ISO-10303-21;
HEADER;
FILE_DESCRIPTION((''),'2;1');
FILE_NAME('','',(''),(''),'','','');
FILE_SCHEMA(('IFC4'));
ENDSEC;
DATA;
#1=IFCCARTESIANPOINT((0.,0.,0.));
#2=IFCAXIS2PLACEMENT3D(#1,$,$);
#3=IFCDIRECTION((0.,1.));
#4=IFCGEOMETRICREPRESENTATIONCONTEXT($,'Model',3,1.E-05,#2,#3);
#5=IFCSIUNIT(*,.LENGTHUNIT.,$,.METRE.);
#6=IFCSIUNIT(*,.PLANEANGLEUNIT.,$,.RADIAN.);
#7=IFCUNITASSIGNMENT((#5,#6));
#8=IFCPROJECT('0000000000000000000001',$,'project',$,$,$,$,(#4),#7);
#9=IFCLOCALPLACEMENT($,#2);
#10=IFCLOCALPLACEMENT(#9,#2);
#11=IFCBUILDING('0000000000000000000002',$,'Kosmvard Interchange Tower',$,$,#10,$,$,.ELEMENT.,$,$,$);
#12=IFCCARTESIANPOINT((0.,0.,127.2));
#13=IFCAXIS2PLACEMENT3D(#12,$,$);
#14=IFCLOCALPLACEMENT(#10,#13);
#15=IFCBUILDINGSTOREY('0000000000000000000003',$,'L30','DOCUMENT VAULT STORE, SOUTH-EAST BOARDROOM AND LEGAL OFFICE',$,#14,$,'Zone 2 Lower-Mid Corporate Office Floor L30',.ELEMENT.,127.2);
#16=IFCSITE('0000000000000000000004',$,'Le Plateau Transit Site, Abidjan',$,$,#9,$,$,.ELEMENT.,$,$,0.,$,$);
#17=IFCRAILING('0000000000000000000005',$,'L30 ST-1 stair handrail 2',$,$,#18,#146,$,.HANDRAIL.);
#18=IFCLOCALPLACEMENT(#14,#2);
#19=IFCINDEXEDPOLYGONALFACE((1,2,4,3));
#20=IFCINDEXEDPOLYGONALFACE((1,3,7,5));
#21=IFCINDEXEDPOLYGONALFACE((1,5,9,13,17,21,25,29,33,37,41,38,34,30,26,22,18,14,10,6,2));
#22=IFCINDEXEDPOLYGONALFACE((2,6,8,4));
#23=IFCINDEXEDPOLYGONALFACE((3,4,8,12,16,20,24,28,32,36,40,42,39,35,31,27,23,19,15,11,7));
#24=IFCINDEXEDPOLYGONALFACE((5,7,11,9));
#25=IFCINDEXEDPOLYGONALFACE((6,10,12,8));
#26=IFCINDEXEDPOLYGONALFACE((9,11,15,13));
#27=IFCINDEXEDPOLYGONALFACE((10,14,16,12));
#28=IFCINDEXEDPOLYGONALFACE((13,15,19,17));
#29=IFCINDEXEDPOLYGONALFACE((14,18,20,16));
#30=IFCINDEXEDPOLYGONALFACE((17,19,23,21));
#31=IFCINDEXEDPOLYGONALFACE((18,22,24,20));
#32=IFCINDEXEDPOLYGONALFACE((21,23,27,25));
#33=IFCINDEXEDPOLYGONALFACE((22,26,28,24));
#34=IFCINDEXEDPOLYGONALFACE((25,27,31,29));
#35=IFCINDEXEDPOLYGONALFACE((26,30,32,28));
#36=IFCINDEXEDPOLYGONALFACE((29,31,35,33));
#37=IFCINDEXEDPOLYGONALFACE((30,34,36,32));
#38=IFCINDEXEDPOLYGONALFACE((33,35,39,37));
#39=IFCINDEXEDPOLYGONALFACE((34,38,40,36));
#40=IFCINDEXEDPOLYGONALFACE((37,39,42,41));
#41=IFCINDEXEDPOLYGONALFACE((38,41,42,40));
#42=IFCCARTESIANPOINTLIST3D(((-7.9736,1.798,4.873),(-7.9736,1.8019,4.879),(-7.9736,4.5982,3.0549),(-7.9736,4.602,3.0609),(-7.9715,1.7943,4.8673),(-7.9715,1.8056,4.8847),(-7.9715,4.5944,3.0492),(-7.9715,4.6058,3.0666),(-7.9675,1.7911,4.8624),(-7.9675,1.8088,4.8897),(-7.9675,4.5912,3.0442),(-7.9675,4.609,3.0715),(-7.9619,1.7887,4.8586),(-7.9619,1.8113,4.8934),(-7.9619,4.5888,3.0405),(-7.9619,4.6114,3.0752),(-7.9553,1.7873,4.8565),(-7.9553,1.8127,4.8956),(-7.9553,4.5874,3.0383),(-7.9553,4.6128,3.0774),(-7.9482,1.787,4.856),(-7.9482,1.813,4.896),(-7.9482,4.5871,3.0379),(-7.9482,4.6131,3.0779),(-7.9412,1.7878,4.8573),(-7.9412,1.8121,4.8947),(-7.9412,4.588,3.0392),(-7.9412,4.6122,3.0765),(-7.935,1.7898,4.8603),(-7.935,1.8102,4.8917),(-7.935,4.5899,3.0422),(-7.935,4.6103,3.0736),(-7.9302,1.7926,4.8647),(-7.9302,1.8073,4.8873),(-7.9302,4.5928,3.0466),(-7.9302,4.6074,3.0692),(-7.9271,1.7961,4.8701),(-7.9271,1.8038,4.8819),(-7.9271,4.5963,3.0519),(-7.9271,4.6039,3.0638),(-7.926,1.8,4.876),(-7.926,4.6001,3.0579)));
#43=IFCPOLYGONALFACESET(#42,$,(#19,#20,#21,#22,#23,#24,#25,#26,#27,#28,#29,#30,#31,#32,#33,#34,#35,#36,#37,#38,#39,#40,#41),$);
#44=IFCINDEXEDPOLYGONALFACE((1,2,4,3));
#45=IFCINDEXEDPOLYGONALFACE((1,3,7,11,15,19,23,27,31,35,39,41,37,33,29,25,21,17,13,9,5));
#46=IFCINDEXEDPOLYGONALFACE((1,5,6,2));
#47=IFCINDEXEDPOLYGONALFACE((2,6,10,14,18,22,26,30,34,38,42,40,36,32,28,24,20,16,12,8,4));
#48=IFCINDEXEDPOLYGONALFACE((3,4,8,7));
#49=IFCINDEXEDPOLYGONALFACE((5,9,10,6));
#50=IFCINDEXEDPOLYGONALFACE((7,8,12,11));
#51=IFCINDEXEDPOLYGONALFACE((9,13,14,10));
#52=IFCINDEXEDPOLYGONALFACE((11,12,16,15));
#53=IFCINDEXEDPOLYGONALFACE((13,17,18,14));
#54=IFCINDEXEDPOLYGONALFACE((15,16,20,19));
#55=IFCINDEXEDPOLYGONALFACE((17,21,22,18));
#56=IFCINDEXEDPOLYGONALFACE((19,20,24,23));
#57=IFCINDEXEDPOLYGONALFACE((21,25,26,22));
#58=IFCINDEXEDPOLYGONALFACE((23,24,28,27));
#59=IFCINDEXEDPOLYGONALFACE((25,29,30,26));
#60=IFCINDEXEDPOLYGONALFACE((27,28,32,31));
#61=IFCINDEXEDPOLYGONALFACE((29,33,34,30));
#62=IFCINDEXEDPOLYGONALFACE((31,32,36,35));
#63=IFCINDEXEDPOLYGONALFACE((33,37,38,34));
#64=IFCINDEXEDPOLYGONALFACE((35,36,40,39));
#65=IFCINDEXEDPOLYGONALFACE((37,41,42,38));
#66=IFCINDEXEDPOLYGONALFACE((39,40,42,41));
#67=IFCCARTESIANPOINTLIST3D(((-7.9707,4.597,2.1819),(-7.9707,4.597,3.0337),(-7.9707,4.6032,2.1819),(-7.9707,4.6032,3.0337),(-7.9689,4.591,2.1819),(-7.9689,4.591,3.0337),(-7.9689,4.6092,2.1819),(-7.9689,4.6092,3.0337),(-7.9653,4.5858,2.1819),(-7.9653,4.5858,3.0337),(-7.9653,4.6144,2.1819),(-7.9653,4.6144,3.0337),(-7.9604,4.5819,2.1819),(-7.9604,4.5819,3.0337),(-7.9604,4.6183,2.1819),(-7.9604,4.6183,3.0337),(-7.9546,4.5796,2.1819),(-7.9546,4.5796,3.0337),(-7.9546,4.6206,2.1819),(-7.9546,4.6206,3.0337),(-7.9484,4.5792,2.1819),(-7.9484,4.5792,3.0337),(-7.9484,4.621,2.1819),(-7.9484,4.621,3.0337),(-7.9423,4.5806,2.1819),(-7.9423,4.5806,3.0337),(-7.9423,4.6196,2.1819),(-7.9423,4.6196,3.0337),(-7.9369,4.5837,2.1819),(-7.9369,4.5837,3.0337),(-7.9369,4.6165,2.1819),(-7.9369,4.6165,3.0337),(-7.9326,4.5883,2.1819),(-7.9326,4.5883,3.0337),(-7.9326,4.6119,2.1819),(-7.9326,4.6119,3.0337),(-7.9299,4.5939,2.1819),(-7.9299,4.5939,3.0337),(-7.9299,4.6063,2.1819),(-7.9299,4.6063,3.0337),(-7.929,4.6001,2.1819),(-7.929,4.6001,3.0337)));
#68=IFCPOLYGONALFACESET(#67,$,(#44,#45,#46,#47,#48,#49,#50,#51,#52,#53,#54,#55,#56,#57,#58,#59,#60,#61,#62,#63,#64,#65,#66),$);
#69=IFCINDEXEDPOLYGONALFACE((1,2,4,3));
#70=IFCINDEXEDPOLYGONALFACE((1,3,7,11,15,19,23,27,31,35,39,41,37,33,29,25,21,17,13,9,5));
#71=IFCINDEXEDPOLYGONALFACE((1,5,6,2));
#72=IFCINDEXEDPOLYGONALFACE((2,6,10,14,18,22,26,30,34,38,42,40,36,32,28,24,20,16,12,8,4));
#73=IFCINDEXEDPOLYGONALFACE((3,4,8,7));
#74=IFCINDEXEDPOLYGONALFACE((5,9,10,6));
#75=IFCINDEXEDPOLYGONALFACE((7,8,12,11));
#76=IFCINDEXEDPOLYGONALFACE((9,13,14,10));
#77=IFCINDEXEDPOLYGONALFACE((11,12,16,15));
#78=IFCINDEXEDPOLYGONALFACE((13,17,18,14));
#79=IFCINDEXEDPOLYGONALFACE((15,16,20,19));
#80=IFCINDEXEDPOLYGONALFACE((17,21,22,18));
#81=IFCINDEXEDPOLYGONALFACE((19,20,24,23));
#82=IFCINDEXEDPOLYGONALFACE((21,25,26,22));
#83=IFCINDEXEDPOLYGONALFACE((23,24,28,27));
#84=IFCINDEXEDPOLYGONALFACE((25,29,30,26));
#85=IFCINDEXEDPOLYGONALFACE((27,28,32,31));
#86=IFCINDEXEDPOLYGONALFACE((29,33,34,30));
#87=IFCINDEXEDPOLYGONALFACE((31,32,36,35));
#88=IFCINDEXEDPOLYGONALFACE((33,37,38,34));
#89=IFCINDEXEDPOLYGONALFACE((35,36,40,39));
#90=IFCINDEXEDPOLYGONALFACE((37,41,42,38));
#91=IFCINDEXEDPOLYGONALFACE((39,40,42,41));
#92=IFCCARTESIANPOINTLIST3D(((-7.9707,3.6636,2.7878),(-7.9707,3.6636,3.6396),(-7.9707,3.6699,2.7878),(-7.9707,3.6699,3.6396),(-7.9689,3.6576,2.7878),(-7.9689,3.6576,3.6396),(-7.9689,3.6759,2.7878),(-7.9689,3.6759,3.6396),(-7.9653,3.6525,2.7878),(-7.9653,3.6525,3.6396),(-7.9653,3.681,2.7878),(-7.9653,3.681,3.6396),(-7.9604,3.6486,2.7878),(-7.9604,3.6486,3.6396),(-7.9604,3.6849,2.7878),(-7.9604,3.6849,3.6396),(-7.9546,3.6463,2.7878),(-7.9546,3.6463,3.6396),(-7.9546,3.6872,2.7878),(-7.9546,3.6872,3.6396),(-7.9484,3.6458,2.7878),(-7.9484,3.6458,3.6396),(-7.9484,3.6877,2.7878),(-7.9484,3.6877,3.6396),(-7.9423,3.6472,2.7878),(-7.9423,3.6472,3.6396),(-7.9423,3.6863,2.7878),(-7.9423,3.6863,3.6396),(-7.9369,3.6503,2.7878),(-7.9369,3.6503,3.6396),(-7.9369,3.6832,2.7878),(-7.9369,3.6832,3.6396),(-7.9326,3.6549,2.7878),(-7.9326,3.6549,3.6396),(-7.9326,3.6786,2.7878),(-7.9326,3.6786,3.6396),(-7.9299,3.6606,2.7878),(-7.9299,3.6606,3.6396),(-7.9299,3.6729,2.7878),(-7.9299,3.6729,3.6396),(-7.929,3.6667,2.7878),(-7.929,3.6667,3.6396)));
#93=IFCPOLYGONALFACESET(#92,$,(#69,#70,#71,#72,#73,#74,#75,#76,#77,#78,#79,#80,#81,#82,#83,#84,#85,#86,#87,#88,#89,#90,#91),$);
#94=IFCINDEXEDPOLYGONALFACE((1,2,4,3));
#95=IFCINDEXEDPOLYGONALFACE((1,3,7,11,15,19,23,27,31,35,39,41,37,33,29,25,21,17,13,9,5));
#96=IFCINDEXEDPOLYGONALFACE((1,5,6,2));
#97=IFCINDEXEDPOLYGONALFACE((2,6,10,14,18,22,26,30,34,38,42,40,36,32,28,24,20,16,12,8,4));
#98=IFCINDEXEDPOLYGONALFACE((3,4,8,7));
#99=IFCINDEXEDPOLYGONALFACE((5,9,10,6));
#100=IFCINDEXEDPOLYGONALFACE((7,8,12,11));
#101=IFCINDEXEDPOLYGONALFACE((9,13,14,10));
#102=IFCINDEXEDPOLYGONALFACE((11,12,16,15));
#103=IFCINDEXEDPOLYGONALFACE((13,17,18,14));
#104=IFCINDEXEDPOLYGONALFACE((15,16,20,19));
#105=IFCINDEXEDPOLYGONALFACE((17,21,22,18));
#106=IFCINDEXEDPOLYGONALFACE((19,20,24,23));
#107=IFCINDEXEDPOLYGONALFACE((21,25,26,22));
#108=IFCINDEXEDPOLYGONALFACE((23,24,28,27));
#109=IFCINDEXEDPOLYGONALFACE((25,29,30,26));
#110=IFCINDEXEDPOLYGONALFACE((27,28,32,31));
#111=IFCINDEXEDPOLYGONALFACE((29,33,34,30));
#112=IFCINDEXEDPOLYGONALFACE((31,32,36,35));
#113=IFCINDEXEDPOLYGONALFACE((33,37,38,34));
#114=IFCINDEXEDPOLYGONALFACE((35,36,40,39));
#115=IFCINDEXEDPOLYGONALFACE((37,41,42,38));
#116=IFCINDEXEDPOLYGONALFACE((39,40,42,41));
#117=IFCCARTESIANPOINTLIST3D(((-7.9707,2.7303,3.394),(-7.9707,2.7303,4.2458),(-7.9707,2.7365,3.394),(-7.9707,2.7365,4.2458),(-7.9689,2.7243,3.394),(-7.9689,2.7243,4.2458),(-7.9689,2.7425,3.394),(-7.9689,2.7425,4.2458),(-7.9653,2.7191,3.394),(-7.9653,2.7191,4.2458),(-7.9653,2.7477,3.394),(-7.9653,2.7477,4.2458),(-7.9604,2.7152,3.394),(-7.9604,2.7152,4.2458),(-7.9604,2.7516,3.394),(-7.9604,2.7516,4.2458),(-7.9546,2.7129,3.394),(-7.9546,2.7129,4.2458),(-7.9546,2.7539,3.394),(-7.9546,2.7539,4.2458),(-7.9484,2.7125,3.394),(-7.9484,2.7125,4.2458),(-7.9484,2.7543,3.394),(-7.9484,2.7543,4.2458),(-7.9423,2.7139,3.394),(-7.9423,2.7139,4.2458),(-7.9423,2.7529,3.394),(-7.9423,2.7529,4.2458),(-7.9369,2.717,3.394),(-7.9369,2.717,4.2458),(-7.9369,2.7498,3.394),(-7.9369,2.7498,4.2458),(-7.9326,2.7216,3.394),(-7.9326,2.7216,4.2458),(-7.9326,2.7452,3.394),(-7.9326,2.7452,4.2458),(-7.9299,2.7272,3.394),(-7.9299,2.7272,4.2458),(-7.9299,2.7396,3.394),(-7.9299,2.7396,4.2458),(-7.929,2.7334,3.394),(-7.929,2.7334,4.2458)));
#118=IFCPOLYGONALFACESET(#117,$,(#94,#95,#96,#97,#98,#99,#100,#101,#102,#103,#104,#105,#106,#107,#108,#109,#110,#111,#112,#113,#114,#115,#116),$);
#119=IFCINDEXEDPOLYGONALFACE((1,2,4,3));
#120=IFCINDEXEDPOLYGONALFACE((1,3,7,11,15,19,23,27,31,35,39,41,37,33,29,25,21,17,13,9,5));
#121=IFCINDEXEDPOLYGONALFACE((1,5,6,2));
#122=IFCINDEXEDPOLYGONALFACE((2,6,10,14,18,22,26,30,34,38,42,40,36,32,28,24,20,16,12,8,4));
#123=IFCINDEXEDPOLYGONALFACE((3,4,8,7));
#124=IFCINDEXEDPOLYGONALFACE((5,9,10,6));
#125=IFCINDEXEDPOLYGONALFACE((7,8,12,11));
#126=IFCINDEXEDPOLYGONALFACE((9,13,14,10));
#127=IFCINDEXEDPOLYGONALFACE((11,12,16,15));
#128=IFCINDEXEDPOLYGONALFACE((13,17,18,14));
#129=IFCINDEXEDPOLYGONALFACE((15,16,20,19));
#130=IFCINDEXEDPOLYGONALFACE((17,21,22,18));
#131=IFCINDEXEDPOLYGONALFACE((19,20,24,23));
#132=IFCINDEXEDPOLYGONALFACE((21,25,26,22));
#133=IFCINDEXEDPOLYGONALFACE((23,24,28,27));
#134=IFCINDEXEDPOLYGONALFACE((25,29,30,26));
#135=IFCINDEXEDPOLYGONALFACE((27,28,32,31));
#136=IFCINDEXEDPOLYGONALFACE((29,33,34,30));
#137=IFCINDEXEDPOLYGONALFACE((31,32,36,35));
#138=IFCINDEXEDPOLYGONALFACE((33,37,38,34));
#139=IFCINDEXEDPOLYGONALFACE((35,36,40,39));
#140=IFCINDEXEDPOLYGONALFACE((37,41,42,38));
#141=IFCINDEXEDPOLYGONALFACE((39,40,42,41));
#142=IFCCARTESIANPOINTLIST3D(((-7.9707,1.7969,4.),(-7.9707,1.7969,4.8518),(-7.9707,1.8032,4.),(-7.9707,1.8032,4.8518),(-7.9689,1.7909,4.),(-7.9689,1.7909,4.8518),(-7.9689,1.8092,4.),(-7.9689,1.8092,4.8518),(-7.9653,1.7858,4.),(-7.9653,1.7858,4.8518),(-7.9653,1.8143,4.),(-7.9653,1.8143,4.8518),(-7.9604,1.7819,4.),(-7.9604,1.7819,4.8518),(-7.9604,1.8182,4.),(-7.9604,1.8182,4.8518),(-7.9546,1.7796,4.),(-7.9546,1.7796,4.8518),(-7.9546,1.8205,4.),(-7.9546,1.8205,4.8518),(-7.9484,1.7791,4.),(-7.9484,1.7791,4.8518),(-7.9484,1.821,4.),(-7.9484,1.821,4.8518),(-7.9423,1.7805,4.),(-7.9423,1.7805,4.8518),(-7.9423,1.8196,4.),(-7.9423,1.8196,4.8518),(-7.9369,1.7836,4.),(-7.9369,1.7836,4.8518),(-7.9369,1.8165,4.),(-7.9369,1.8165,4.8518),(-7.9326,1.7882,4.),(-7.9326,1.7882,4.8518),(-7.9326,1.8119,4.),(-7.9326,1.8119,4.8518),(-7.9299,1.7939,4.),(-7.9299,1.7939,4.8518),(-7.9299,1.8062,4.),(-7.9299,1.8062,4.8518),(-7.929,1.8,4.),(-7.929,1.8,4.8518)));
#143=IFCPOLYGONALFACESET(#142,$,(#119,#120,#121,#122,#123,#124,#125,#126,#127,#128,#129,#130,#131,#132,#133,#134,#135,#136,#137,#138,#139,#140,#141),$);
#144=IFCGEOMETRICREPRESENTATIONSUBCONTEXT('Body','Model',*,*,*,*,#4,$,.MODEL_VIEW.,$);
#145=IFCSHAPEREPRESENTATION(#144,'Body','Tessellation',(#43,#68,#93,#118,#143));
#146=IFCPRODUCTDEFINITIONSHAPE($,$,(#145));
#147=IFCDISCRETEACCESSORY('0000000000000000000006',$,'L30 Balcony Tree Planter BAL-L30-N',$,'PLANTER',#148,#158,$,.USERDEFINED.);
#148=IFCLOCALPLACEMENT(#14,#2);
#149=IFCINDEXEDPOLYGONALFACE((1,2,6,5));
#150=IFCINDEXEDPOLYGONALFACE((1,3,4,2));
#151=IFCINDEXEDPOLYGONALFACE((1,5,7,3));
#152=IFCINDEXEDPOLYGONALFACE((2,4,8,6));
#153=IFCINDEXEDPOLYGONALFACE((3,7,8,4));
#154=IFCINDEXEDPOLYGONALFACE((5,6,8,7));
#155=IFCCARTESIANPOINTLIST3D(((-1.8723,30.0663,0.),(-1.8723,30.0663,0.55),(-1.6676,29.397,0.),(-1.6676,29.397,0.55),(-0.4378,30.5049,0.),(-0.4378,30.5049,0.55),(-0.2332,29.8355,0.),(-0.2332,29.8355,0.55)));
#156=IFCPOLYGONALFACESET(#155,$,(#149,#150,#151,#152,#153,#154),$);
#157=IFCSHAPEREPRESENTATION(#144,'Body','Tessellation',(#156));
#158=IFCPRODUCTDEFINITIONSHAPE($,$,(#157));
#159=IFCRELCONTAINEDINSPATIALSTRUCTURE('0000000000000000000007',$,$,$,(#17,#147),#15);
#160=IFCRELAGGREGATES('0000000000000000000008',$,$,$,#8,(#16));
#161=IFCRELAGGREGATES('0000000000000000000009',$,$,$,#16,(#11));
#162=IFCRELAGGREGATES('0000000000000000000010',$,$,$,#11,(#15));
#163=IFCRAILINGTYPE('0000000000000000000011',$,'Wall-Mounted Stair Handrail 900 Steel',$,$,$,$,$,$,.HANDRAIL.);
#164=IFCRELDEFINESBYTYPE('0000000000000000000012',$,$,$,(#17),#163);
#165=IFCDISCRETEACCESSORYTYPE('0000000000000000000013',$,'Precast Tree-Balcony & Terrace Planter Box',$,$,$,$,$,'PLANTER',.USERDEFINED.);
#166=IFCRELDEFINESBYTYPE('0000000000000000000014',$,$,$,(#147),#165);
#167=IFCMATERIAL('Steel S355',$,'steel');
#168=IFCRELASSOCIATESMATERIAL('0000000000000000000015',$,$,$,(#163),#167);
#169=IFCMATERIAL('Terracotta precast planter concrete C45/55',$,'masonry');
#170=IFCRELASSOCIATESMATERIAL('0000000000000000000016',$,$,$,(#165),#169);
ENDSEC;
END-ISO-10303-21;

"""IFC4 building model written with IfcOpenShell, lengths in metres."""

from ifc_helpers import new_model, si_unit, direction, frame, origin, origin_2d, place, context, subcontext, project, spatial, rectangle, circle, extrude, source, transform, mapped, material, type_object, element, save


model = new_model("IFC4")

# Units and contexts
model_context = context("Model", 3, precision=1e-05, world=origin(), true_north=direction((0.0, 1.0)))
body_context = subcontext(model_context, "Body", "Model", "MODEL_VIEW")
ifc_project = project(units=[si_unit("LENGTHUNIT", "METRE"), si_unit("PLANEANGLEUNIT", "RADIAN")], contexts=[model_context])

# Site, building, storey
site_placement = place(None, origin())
site = spatial("IfcSite", under=ifc_project, at=site_placement, Name="Le Plateau Transit Site, Abidjan", CompositionType="ELEMENT", RefElevation=0.0)
building_placement = place(site_placement, origin())
building = spatial("IfcBuilding", under=site, at=building_placement, Name="Kosmvard Interchange Tower", CompositionType="ELEMENT")
storey_placement = place(building_placement, frame((0.0, 0.0, 127.2)))
storey = spatial("IfcBuildingStorey", under=building, at=storey_placement, Name="L30", Description="DOCUMENT VAULT STORE, SOUTH-EAST BOARDROOM AND LEGAL OFFICE", LongName="Zone 2 Lower-Mid Corporate Office Floor L30", CompositionType="ELEMENT", Elevation=127.2)

# Shared definitions
ifc_material_1 = material(Name="Steel S355", Category="steel")

# Railing
railing_type_1 = type_object("IfcRailingType", Name="Wall-Mounted Stair Handrail 900 Steel", PredefinedType="HANDRAIL", material=ifc_material_1)
shared_shape_1 = source(origin(), body_context, "Body", "SweptSolid", [
    extrude(circle(Radius=0.0239, at=origin_2d()), frame((0.0, 0.0, 0.876), z_axis=(0.0, -0.838706, 0.544585), x_axis=(1.0, 0.0, 0.0)), (0.0, 0.0, 1.0), 3.3386),
    extrude(circle(Radius=0.021, at=origin_2d()), origin(), (0.0, 0.0, 1.0), 0.8518),
    extrude(circle(Radius=0.021, at=origin_2d()), frame((0.0, -0.9333, 0.606)), (0.0, 0.0, 1.0), 0.8518),
    extrude(circle(Radius=0.021, at=origin_2d()), frame((0.0, -1.8667, 1.2122)), (0.0, 0.0, 1.0), 0.8518),
    extrude(circle(Radius=0.021, at=origin_2d()), frame((0.0, -2.8, 1.8181)), (0.0, 0.0, 1.0), 0.8518),
])
railing_1_placement = place(storey_placement, frame((-7.95, 4.6001, 2.1819)))
element("IfcRailing", 1, at=railing_1_placement, inside=storey, type_object=railing_type_1, Name="L30 ST-1 stair handrail 2", PredefinedType="HANDRAIL", context=body_context, shape_type="MappedRepresentation", body=[
    mapped(shared_shape_1, transform((0.0, 0.0, 0.0), scale=1.0)),
])

# Discrete accessory
ifc_material_2 = material(Name="Terracotta precast planter concrete C45/55", Category="masonry")
discrete_accessory_type = type_object("IfcDiscreteAccessoryType", Name="Precast Tree-Balcony & Terrace Planter Box", ElementType="PLANTER", PredefinedType="USERDEFINED", material=ifc_material_2)
shared_shape_2 = source(origin(), body_context, "Body", "SweptSolid", [
    extrude(rectangle(XDim=1.5, YDim=0.7, at=origin_2d()), origin(), (0.0, 0.0, 1.0), 0.55),
])
discrete_accessory_placement = place(storey_placement, frame((-1.0527, 29.9509, 0.0), z_axis=(0.0, 0.0, 1.0), x_axis=(0.956305, 0.292372, 0.0)))
element("IfcDiscreteAccessory", 2, at=discrete_accessory_placement, inside=storey, type_object=discrete_accessory_type, Name="L30 Balcony Tree Planter BAL-L30-N", ObjectType="PLANTER", PredefinedType="USERDEFINED", context=body_context, shape_type="MappedRepresentation", body=[
    mapped(shared_shape_2, transform((0.0, 0.0, 0.0), scale=1.0)),
])

save(model, "model.ifc")
